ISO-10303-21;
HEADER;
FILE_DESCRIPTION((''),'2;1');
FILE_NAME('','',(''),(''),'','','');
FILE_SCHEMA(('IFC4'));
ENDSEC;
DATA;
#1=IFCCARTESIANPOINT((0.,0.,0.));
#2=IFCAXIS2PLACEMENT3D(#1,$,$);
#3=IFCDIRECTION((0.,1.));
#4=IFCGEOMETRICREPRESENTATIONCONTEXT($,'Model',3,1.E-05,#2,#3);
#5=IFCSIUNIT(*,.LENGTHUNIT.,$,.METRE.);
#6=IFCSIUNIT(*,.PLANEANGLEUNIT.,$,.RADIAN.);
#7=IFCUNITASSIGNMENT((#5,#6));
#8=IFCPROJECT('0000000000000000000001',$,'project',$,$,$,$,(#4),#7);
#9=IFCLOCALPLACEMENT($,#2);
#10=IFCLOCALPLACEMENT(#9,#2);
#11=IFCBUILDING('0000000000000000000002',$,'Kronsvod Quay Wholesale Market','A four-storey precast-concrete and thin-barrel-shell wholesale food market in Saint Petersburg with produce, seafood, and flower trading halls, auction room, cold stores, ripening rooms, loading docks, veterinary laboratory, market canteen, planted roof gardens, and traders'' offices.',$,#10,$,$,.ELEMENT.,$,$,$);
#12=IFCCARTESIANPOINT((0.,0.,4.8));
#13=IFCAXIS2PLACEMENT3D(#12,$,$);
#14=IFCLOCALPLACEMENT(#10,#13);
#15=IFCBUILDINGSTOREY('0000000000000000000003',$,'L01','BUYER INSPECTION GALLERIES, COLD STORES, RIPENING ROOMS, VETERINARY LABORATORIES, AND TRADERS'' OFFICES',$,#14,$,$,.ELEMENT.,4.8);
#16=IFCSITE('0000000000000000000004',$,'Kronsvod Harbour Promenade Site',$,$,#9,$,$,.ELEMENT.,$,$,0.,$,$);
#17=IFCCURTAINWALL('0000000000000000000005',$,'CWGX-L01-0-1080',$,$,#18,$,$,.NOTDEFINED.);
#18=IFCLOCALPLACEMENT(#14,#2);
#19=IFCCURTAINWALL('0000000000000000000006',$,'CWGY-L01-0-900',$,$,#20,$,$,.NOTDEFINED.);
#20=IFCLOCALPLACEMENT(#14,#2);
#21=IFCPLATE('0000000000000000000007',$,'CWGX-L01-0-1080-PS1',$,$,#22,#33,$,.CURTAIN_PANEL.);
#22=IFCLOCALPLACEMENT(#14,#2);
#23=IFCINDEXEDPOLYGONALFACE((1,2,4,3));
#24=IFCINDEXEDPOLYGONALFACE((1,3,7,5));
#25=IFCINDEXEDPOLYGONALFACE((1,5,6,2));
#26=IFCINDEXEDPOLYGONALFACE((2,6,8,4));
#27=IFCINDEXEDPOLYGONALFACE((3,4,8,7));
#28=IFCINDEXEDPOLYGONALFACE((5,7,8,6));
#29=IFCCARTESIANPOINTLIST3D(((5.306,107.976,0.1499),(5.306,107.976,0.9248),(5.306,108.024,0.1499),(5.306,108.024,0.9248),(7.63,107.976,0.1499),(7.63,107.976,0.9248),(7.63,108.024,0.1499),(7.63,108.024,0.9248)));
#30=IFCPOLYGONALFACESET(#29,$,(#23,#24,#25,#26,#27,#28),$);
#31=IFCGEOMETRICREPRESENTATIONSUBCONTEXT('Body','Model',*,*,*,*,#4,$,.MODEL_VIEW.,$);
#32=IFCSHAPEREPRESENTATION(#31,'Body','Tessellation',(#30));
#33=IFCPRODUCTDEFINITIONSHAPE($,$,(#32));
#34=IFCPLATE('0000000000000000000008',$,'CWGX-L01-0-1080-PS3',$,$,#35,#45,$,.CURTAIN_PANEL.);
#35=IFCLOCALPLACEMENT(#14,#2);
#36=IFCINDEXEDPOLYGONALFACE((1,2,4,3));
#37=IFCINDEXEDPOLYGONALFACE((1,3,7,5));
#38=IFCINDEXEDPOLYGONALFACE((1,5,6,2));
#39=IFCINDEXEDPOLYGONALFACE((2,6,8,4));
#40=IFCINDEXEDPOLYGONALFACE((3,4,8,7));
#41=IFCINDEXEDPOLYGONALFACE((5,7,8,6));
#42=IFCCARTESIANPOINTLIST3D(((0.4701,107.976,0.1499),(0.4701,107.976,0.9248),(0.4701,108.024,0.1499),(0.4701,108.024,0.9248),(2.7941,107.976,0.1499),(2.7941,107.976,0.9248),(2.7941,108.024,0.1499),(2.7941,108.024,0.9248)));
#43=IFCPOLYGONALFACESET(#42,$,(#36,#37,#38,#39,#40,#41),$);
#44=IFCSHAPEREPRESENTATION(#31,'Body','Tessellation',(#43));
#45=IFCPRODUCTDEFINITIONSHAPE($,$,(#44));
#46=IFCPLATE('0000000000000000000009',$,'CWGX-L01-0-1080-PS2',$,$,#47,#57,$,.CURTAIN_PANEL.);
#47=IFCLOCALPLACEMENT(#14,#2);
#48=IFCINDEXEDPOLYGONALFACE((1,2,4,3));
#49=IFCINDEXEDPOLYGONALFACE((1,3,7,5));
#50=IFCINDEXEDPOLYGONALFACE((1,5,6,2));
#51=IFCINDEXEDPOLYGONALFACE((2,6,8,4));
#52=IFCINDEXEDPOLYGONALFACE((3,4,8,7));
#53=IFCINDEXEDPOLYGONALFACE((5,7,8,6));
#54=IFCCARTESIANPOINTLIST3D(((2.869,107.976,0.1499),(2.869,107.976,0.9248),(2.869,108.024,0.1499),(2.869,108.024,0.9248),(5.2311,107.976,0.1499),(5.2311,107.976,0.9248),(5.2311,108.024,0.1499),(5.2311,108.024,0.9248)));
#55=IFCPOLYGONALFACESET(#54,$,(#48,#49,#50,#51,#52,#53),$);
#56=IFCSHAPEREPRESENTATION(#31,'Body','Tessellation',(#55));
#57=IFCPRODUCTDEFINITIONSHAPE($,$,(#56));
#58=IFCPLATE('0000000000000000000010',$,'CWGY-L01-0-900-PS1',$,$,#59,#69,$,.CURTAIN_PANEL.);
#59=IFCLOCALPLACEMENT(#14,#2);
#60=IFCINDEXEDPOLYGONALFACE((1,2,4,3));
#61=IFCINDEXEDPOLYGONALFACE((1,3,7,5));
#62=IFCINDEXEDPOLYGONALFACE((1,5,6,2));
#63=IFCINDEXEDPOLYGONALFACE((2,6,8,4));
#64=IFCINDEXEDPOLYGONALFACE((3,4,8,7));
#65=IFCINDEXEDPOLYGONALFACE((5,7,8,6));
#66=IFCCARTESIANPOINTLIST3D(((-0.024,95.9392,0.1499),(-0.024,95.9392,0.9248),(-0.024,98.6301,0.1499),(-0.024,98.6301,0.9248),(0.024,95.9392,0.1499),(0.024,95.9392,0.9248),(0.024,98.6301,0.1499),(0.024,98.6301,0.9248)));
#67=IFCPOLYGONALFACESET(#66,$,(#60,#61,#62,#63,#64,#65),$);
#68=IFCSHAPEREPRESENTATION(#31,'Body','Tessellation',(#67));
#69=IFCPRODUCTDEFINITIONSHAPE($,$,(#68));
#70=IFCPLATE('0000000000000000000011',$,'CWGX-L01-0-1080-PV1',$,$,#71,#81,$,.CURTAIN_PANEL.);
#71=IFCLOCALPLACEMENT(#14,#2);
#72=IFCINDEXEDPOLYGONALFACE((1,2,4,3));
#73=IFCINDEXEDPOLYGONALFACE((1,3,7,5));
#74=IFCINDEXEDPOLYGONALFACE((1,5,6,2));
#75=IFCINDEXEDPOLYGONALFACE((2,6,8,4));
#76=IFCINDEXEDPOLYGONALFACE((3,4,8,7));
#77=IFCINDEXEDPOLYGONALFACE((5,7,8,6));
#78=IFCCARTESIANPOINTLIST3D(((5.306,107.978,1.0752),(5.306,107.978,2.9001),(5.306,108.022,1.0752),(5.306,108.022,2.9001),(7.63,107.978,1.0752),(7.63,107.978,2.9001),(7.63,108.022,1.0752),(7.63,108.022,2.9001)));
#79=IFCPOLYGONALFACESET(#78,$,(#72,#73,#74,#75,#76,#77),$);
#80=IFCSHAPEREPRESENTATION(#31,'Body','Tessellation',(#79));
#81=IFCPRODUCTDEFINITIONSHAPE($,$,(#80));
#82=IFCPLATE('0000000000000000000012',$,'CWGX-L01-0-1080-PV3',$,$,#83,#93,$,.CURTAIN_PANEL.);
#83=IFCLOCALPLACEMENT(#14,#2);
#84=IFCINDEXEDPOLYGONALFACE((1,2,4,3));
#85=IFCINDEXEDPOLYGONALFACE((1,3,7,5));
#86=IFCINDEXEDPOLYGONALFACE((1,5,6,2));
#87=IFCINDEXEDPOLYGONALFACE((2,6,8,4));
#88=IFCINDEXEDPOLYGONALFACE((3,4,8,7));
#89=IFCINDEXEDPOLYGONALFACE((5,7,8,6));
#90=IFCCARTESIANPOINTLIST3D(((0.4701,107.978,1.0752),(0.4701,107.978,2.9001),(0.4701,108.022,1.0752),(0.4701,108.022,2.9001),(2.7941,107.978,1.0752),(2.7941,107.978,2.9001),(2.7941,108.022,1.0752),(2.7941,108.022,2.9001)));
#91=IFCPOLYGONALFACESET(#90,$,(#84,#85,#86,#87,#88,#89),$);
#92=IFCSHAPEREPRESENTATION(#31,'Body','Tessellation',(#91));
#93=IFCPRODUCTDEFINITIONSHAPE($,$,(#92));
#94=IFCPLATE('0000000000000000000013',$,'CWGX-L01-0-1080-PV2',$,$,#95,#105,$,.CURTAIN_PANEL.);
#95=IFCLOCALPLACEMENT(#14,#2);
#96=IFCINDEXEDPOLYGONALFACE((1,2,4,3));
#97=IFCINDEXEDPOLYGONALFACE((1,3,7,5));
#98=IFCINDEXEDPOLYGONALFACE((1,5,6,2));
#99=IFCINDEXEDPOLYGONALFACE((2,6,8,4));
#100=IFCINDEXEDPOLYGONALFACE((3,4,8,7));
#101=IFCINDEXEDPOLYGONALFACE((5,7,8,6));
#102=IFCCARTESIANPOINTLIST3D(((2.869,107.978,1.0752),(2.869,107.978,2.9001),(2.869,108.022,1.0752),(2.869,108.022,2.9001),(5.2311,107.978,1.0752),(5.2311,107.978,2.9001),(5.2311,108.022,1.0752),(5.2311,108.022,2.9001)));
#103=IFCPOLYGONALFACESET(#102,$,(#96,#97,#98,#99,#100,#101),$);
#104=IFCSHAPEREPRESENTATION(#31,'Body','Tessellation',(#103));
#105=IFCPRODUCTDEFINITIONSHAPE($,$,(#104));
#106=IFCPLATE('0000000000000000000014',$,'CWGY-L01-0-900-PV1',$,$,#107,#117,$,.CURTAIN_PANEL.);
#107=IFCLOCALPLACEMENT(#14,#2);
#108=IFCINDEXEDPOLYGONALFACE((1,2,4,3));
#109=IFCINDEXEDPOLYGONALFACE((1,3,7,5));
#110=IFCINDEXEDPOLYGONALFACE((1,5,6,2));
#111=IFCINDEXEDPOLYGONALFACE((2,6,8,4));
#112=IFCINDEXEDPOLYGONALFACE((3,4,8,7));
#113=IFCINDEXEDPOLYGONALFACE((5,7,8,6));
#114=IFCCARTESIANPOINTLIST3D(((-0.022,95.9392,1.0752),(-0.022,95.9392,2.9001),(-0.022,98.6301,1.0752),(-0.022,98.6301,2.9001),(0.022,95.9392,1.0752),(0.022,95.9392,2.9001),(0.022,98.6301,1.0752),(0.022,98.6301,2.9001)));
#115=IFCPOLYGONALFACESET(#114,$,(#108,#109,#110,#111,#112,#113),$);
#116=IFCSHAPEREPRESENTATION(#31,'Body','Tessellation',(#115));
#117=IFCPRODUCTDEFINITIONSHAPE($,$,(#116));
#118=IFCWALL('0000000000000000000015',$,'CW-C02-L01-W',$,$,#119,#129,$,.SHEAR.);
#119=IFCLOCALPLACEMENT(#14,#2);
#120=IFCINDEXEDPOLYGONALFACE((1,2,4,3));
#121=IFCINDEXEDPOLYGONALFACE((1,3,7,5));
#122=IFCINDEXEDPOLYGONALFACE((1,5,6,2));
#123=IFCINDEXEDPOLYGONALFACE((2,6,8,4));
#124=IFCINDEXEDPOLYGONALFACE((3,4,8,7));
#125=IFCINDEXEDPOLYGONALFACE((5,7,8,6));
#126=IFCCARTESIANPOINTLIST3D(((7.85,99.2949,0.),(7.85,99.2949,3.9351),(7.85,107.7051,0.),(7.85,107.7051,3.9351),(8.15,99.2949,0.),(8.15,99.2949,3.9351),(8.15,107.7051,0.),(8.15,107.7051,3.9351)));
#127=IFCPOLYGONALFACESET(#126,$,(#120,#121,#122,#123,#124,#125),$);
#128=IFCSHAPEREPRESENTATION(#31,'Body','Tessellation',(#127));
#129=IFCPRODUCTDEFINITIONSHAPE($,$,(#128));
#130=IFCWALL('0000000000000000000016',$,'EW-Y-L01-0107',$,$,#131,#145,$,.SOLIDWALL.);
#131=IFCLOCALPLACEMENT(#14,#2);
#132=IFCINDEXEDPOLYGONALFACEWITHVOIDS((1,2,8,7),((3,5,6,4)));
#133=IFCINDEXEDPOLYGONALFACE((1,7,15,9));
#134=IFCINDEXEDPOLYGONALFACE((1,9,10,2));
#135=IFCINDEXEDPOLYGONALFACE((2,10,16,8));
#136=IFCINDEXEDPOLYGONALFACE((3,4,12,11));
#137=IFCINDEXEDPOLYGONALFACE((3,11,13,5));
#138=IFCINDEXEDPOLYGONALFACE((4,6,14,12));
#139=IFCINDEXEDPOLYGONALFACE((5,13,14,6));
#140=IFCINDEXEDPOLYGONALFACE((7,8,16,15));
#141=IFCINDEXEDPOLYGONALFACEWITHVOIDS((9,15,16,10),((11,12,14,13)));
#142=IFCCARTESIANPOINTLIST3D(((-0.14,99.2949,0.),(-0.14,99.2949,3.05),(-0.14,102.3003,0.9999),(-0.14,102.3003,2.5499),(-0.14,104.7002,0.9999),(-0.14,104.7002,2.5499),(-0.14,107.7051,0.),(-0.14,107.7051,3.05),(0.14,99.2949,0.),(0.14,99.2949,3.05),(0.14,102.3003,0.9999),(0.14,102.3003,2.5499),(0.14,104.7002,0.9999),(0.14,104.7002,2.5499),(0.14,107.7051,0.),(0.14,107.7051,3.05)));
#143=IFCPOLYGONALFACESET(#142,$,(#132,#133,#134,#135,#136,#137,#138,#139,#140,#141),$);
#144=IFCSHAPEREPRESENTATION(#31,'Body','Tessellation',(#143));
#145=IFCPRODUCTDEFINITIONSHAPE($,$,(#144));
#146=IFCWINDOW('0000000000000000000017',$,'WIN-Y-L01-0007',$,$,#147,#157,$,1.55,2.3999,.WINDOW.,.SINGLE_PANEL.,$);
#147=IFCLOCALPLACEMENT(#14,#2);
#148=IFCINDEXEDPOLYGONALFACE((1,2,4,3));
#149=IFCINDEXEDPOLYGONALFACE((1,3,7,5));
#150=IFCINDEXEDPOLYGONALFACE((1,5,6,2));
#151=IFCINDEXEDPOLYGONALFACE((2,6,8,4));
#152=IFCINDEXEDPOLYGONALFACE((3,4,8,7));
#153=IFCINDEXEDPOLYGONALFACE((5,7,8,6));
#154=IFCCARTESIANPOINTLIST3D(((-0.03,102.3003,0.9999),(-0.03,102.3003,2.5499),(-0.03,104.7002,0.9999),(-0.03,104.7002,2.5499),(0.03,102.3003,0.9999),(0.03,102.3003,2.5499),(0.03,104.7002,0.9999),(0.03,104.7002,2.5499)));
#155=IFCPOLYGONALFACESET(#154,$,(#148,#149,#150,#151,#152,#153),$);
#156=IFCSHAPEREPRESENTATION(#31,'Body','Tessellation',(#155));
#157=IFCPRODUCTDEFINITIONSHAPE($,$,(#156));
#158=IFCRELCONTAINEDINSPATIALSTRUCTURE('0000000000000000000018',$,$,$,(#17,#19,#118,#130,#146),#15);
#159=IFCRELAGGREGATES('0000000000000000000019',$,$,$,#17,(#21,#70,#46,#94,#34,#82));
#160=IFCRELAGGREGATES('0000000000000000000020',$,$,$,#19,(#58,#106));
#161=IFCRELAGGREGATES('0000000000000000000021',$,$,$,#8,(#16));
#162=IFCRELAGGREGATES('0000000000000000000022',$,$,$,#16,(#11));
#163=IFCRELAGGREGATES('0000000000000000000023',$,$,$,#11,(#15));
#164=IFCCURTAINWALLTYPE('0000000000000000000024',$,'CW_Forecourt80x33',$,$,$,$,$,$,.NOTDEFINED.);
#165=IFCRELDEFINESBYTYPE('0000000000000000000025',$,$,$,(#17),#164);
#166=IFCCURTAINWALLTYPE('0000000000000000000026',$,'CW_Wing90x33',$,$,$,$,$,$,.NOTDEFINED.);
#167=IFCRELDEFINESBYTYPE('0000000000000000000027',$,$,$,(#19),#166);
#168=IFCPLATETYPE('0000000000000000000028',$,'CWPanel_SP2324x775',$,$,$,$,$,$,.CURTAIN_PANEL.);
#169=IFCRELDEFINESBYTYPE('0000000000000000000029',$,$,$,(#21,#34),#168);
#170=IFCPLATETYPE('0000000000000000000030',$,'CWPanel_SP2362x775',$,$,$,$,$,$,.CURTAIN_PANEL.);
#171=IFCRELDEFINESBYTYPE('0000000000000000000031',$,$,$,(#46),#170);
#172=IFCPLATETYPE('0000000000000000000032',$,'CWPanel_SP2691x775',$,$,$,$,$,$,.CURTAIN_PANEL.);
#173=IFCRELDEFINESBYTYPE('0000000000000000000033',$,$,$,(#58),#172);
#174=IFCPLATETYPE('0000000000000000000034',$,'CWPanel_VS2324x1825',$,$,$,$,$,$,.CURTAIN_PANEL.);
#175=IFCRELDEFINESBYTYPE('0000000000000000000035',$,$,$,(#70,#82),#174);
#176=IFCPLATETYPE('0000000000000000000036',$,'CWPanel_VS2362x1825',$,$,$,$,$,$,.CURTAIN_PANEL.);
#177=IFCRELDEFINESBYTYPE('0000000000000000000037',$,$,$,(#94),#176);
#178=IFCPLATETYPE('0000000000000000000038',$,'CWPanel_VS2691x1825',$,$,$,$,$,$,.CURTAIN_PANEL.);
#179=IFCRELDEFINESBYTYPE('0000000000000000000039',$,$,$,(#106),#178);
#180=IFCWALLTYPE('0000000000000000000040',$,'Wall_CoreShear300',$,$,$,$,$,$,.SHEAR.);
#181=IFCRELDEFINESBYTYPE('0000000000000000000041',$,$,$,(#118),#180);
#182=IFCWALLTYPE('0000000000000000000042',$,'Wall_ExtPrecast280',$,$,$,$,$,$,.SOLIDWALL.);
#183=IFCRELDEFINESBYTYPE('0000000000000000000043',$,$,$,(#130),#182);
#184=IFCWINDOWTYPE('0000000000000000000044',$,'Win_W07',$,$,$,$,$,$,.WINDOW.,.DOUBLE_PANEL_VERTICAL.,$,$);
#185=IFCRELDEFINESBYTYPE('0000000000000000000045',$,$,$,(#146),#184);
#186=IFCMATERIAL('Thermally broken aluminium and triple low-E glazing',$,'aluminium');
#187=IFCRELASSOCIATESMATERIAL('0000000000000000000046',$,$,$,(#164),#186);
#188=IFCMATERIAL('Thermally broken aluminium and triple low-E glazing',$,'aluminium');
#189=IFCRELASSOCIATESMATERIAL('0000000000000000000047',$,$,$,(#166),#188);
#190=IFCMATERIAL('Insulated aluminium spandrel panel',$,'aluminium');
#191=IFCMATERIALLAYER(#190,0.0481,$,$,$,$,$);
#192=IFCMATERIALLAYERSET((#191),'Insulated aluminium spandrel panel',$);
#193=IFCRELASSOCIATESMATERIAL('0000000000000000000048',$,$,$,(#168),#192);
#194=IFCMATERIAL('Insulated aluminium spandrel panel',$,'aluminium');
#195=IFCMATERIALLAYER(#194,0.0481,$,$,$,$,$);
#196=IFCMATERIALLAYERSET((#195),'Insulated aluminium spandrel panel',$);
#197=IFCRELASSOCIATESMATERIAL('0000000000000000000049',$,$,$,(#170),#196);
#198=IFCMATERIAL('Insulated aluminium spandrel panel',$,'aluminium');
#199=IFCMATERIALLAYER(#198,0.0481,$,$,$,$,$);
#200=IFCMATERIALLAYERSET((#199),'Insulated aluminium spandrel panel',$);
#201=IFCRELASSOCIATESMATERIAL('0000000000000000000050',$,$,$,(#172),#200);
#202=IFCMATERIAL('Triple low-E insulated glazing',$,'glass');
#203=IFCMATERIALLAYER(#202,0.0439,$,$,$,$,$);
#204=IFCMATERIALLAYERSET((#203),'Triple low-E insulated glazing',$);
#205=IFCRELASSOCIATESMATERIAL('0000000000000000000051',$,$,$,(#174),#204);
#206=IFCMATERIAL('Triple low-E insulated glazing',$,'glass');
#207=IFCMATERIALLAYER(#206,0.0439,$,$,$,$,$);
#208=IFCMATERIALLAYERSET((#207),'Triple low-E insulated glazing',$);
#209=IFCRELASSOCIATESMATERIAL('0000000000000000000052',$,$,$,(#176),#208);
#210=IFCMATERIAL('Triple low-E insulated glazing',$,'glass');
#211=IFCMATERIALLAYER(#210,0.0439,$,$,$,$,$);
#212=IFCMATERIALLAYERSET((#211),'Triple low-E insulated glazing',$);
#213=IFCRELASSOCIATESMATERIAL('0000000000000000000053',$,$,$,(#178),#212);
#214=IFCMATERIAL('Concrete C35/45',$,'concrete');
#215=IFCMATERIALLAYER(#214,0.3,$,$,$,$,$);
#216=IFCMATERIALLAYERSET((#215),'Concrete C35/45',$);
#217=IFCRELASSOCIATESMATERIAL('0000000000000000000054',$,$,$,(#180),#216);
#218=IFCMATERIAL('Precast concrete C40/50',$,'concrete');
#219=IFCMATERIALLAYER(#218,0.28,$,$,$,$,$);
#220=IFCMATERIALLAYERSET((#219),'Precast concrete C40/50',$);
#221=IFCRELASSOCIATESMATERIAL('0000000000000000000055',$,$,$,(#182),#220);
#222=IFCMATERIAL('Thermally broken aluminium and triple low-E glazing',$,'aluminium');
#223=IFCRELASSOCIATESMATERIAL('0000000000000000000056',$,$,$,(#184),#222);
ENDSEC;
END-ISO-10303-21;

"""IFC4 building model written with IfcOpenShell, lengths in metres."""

from ifc_helpers import new_model, si_unit, direction, frame, frame_2d, origin, origin_2d, place, context, subcontext, project, spatial, rectangle, extrude, material, layer, layer_set, type_object, element, fill, aggregate, save


model = new_model("IFC4")

# Units and contexts
model_context = context("Model", 3, precision=1e-05, world=origin(), true_north=direction((0.0, 1.0)))
body_context = subcontext(model_context, "Body", "Model", "MODEL_VIEW")
ifc_project = project(units=[si_unit("LENGTHUNIT", "METRE"), si_unit("PLANEANGLEUNIT", "RADIAN")], contexts=[model_context])

# Site, building, storey
site_placement = place(None, origin())
site = spatial("IfcSite", under=ifc_project, at=site_placement, Name="Kronsvod Harbour Promenade Site", CompositionType="ELEMENT", RefElevation=0.0)
building_placement = place(site_placement, origin())
building = spatial("IfcBuilding", under=site, at=building_placement, Name="Kronsvod Quay Wholesale Market", Description="A four-storey precast-concrete and thin-barrel-shell wholesale food market in Saint Petersburg with produce, seafood, and flower trading halls, auction room, cold stores, ripening rooms, loading docks, veterinary laboratory, market canteen, planted roof gardens, and traders' offices.", CompositionType="ELEMENT")
storey_placement = place(building_placement, frame((0.0, 0.0, 4.8)))
storey = spatial("IfcBuildingStorey", under=building, at=storey_placement, Name="L01", Description="BUYER INSPECTION GALLERIES, COLD STORES, RIPENING ROOMS, VETERINARY LABORATORIES, AND TRADERS' OFFICES", CompositionType="ELEMENT", Elevation=4.8)

# Curtain walls
ifc_material_1 = material(Name="Thermally broken aluminium and triple low-E glazing", Category="aluminium")
curtain_wall_type_1 = type_object("IfcCurtainWallType", Name="CW_Forecourt80x33", PredefinedType="NOTDEFINED", material=ifc_material_1)
curtain_wall_1_placement = place(storey_placement, origin())
curtain_wall_1 = element("IfcCurtainWall", 1, at=curtain_wall_1_placement, inside=storey, type_object=curtain_wall_type_1, Name="CWGX-L01-0-1080", PredefinedType="NOTDEFINED")
ifc_material_2 = material(Name="Thermally broken aluminium and triple low-E glazing", Category="aluminium")
curtain_wall_type_2 = type_object("IfcCurtainWallType", Name="CW_Wing90x33", PredefinedType="NOTDEFINED", material=ifc_material_2)
curtain_wall_2_placement = place(storey_placement, origin())
curtain_wall_2 = element("IfcCurtainWall", 2, at=curtain_wall_2_placement, inside=storey, type_object=curtain_wall_type_2, Name="CWGY-L01-0-900", PredefinedType="NOTDEFINED")

# Plates
ifc_material_3 = material(Name="Insulated aluminium spandrel panel", Category="aluminium")
ifc_layer_1 = layer(ifc_material_3, 0.0481)
ifc_layer_set_1 = layer_set([ifc_layer_1], Name="Insulated aluminium spandrel panel")
plate_type_1 = type_object("IfcPlateType", Name="CWPanel_SP2324x775", PredefinedType="CURTAIN_PANEL", material=ifc_layer_set_1)
plate_1_placement = place(storey_placement, frame((6.468, 108.0, 0.1499), z_axis=(0.0, 0.0, 1.0), x_axis=(-1.0, 0.0, 0.0)))
plate_1 = element("IfcPlate", 3, at=plate_1_placement, type_object=plate_type_1, Name="CWGX-L01-0-1080-PS1", PredefinedType="CURTAIN_PANEL", context=body_context, shape_type="SweptSolid", body=[
    extrude(rectangle(XDim=2.324, YDim=0.0481, at=origin_2d()), origin(), (0.0, 0.0, 1.0), 0.7749),
])
plate_2_placement = place(storey_placement, frame((1.6321, 108.0, 0.1499), z_axis=(0.0, 0.0, 1.0), x_axis=(-1.0, 0.0, 0.0)))
plate_2 = element("IfcPlate", 4, at=plate_2_placement, type_object=plate_type_1, Name="CWGX-L01-0-1080-PS3", PredefinedType="CURTAIN_PANEL", context=body_context, shape_type="SweptSolid", body=[
    extrude(rectangle(XDim=2.324, YDim=0.0481, at=origin_2d()), origin(), (0.0, 0.0, 1.0), 0.7749),
])
ifc_material_4 = material(Name="Insulated aluminium spandrel panel", Category="aluminium")
ifc_layer_2 = layer(ifc_material_4, 0.0481)
ifc_layer_set_2 = layer_set([ifc_layer_2], Name="Insulated aluminium spandrel panel")
plate_type_2 = type_object("IfcPlateType", Name="CWPanel_SP2362x775", PredefinedType="CURTAIN_PANEL", material=ifc_layer_set_2)
plate_3_placement = place(storey_placement, frame((4.05, 108.0, 0.1499), z_axis=(0.0, 0.0, 1.0), x_axis=(-1.0, 0.0, 0.0)))
plate_3 = element("IfcPlate", 5, at=plate_3_placement, type_object=plate_type_2, Name="CWGX-L01-0-1080-PS2", PredefinedType="CURTAIN_PANEL", context=body_context, shape_type="SweptSolid", body=[
    extrude(rectangle(XDim=2.3621, YDim=0.0481, at=origin_2d()), origin(), (0.0, 0.0, 1.0), 0.7749),
])
ifc_material_5 = material(Name="Insulated aluminium spandrel panel", Category="aluminium")
ifc_layer_3 = layer(ifc_material_5, 0.0481)
ifc_layer_set_3 = layer_set([ifc_layer_3], Name="Insulated aluminium spandrel panel")
plate_type_3 = type_object("IfcPlateType", Name="CWPanel_SP2691x775", PredefinedType="CURTAIN_PANEL", material=ifc_layer_set_3)
plate_4_placement = place(storey_placement, frame((0.0, 97.2847, 0.1499), z_axis=(0.0, 0.0, 1.0), x_axis=(0.0, -1.0, 0.0)))
plate_4 = element("IfcPlate", 6, at=plate_4_placement, type_object=plate_type_3, Name="CWGY-L01-0-900-PS1", PredefinedType="CURTAIN_PANEL", context=body_context, shape_type="SweptSolid", body=[
    extrude(rectangle(XDim=2.6909, YDim=0.0481, at=origin_2d()), origin(), (0.0, 0.0, 1.0), 0.7749),
])
ifc_material_6 = material(Name="Triple low-E insulated glazing", Category="glass")
ifc_layer_4 = layer(ifc_material_6, 0.0439)
ifc_layer_set_4 = layer_set([ifc_layer_4], Name="Triple low-E insulated glazing")
plate_type_4 = type_object("IfcPlateType", Name="CWPanel_VS2324x1825", PredefinedType="CURTAIN_PANEL", material=ifc_layer_set_4)
plate_5_placement = place(storey_placement, frame((6.468, 108.0, 1.0752), z_axis=(0.0, 0.0, 1.0), x_axis=(-1.0, 0.0, 0.0)))
plate_5 = element("IfcPlate", 7, at=plate_5_placement, type_object=plate_type_4, Name="CWGX-L01-0-1080-PV1", PredefinedType="CURTAIN_PANEL", context=body_context, shape_type="SweptSolid", body=[
    extrude(rectangle(XDim=2.324, YDim=0.0439, at=origin_2d()), origin(), (0.0, 0.0, 1.0), 1.825),
])
plate_6_placement = place(storey_placement, frame((1.6321, 108.0, 1.0752), z_axis=(0.0, 0.0, 1.0), x_axis=(-1.0, 0.0, 0.0)))
plate_6 = element("IfcPlate", 8, at=plate_6_placement, type_object=plate_type_4, Name="CWGX-L01-0-1080-PV3", PredefinedType="CURTAIN_PANEL", context=body_context, shape_type="SweptSolid", body=[
    extrude(rectangle(XDim=2.324, YDim=0.0439, at=origin_2d()), origin(), (0.0, 0.0, 1.0), 1.825),
])
ifc_material_7 = material(Name="Triple low-E insulated glazing", Category="glass")
ifc_layer_5 = layer(ifc_material_7, 0.0439)
ifc_layer_set_5 = layer_set([ifc_layer_5], Name="Triple low-E insulated glazing")
plate_type_5 = type_object("IfcPlateType", Name="CWPanel_VS2362x1825", PredefinedType="CURTAIN_PANEL", material=ifc_layer_set_5)
plate_7_placement = place(storey_placement, frame((4.05, 108.0, 1.0752), z_axis=(0.0, 0.0, 1.0), x_axis=(-1.0, 0.0, 0.0)))
plate_7 = element("IfcPlate", 9, at=plate_7_placement, type_object=plate_type_5, Name="CWGX-L01-0-1080-PV2", PredefinedType="CURTAIN_PANEL", context=body_context, shape_type="SweptSolid", body=[
    extrude(rectangle(XDim=2.3621, YDim=0.0439, at=origin_2d()), origin(), (0.0, 0.0, 1.0), 1.825),
])
aggregate(curtain_wall_1, [plate_1, plate_5, plate_3, plate_7, plate_2, plate_6])
ifc_material_8 = material(Name="Triple low-E insulated glazing", Category="glass")
ifc_layer_6 = layer(ifc_material_8, 0.0439)
ifc_layer_set_6 = layer_set([ifc_layer_6], Name="Triple low-E insulated glazing")
plate_type_6 = type_object("IfcPlateType", Name="CWPanel_VS2691x1825", PredefinedType="CURTAIN_PANEL", material=ifc_layer_set_6)
plate_8_placement = place(storey_placement, frame((0.0, 97.2847, 1.0752), z_axis=(0.0, 0.0, 1.0), x_axis=(0.0, -1.0, 0.0)))
plate_8 = element("IfcPlate", 10, at=plate_8_placement, type_object=plate_type_6, Name="CWGY-L01-0-900-PV1", PredefinedType="CURTAIN_PANEL", context=body_context, shape_type="SweptSolid", body=[
    extrude(rectangle(XDim=2.6909, YDim=0.0439, at=origin_2d()), origin(), (0.0, 0.0, 1.0), 1.825),
])
aggregate(curtain_wall_2, [plate_4, plate_8])

# Wall
ifc_material_9 = material(Name="Concrete C35/45", Category="concrete")
ifc_layer_7 = layer(ifc_material_9, 0.3)
ifc_layer_set_7 = layer_set([ifc_layer_7], Name="Concrete C35/45")
wall_type_1 = type_object("IfcWallType", Name="Wall_CoreShear300", PredefinedType="SHEAR", material=ifc_layer_set_7)
wall_1_placement = place(storey_placement, frame((8.0, 99.2949, 0.0), z_axis=(0.0, 0.0, 1.0), x_axis=(0.0, 1.0, 0.0)))
element("IfcWall", 11, at=wall_1_placement, inside=storey, type_object=wall_type_1, Name="CW-C02-L01-W", PredefinedType="SHEAR", context=body_context, shape_type="SweptSolid", body=[
    extrude(rectangle(XDim=8.4102, YDim=0.3, at=frame_2d((4.2051, 0.0))), origin(), (0.0, 0.0, 1.0), 3.9351),
])

# Wall, opening, window
ifc_material_10 = material(Name="Precast concrete C40/50", Category="concrete")
ifc_layer_8 = layer(ifc_material_10, 0.28)
ifc_layer_set_8 = layer_set([ifc_layer_8], Name="Precast concrete C40/50")
wall_type_2 = type_object("IfcWallType", Name="Wall_ExtPrecast280", PredefinedType="SOLIDWALL", material=ifc_layer_set_8)
wall_2_placement = place(storey_placement, frame((0.0, 107.7051, 0.0), z_axis=(0.0, 0.0, 1.0), x_axis=(0.0, -1.0, 0.0)))
wall_2 = element("IfcWall", 12, at=wall_2_placement, inside=storey, type_object=wall_type_2, Name="EW-Y-L01-0107", PredefinedType="SOLIDWALL", context=body_context, shape_type="SweptSolid", body=[
    extrude(rectangle(XDim=8.4102, YDim=0.28, at=frame_2d((4.2051, 0.0))), origin(), (0.0, 0.0, 1.0), 3.05),
])
opening_1_placement = place(wall_2_placement, frame((3.0049, 0.0, 1.0)))
opening_1 = element("IfcOpeningElement", 13, at=opening_1_placement, cuts=wall_2, PredefinedType="OPENING", context=body_context, shape_type="SweptSolid", body=[
    extrude(rectangle(XDim=2.3999, YDim=1.55, at=frame_2d((1.2, 0.7749))), frame((0.0, 0.1499, 0.0), z_axis=(0.0, -1.0, 0.0), x_axis=(1.0, 0.0, 0.0)), (0.0, 0.0, 1.0), 0.3),
])
ifc_material_11 = material(Name="Thermally broken aluminium and triple low-E glazing", Category="aluminium")
window_type = type_object("IfcWindowType", Name="Win_W07", PartitioningType="DOUBLE_PANEL_VERTICAL", PredefinedType="WINDOW", material=ifc_material_11)
window_placement = place(opening_1_placement, origin())
window = element("IfcWindow", 14, at=window_placement, inside=storey, type_object=window_type, Name="WIN-Y-L01-0007", OverallHeight=1.55, OverallWidth=2.3999, PartitioningType="SINGLE_PANEL", PredefinedType="WINDOW", context=body_context, shape_type="SweptSolid", body=[
    extrude(rectangle(XDim=2.3999, YDim=1.55, at=frame_2d((1.2, 0.7749))), frame((0.0, 0.03, 0.0), z_axis=(0.0, -1.0, 0.0), x_axis=(1.0, 0.0, 0.0)), (0.0, 0.0, 1.0), 0.0601),
])
fill(opening_1, window)

save(model, "model.ifc")
